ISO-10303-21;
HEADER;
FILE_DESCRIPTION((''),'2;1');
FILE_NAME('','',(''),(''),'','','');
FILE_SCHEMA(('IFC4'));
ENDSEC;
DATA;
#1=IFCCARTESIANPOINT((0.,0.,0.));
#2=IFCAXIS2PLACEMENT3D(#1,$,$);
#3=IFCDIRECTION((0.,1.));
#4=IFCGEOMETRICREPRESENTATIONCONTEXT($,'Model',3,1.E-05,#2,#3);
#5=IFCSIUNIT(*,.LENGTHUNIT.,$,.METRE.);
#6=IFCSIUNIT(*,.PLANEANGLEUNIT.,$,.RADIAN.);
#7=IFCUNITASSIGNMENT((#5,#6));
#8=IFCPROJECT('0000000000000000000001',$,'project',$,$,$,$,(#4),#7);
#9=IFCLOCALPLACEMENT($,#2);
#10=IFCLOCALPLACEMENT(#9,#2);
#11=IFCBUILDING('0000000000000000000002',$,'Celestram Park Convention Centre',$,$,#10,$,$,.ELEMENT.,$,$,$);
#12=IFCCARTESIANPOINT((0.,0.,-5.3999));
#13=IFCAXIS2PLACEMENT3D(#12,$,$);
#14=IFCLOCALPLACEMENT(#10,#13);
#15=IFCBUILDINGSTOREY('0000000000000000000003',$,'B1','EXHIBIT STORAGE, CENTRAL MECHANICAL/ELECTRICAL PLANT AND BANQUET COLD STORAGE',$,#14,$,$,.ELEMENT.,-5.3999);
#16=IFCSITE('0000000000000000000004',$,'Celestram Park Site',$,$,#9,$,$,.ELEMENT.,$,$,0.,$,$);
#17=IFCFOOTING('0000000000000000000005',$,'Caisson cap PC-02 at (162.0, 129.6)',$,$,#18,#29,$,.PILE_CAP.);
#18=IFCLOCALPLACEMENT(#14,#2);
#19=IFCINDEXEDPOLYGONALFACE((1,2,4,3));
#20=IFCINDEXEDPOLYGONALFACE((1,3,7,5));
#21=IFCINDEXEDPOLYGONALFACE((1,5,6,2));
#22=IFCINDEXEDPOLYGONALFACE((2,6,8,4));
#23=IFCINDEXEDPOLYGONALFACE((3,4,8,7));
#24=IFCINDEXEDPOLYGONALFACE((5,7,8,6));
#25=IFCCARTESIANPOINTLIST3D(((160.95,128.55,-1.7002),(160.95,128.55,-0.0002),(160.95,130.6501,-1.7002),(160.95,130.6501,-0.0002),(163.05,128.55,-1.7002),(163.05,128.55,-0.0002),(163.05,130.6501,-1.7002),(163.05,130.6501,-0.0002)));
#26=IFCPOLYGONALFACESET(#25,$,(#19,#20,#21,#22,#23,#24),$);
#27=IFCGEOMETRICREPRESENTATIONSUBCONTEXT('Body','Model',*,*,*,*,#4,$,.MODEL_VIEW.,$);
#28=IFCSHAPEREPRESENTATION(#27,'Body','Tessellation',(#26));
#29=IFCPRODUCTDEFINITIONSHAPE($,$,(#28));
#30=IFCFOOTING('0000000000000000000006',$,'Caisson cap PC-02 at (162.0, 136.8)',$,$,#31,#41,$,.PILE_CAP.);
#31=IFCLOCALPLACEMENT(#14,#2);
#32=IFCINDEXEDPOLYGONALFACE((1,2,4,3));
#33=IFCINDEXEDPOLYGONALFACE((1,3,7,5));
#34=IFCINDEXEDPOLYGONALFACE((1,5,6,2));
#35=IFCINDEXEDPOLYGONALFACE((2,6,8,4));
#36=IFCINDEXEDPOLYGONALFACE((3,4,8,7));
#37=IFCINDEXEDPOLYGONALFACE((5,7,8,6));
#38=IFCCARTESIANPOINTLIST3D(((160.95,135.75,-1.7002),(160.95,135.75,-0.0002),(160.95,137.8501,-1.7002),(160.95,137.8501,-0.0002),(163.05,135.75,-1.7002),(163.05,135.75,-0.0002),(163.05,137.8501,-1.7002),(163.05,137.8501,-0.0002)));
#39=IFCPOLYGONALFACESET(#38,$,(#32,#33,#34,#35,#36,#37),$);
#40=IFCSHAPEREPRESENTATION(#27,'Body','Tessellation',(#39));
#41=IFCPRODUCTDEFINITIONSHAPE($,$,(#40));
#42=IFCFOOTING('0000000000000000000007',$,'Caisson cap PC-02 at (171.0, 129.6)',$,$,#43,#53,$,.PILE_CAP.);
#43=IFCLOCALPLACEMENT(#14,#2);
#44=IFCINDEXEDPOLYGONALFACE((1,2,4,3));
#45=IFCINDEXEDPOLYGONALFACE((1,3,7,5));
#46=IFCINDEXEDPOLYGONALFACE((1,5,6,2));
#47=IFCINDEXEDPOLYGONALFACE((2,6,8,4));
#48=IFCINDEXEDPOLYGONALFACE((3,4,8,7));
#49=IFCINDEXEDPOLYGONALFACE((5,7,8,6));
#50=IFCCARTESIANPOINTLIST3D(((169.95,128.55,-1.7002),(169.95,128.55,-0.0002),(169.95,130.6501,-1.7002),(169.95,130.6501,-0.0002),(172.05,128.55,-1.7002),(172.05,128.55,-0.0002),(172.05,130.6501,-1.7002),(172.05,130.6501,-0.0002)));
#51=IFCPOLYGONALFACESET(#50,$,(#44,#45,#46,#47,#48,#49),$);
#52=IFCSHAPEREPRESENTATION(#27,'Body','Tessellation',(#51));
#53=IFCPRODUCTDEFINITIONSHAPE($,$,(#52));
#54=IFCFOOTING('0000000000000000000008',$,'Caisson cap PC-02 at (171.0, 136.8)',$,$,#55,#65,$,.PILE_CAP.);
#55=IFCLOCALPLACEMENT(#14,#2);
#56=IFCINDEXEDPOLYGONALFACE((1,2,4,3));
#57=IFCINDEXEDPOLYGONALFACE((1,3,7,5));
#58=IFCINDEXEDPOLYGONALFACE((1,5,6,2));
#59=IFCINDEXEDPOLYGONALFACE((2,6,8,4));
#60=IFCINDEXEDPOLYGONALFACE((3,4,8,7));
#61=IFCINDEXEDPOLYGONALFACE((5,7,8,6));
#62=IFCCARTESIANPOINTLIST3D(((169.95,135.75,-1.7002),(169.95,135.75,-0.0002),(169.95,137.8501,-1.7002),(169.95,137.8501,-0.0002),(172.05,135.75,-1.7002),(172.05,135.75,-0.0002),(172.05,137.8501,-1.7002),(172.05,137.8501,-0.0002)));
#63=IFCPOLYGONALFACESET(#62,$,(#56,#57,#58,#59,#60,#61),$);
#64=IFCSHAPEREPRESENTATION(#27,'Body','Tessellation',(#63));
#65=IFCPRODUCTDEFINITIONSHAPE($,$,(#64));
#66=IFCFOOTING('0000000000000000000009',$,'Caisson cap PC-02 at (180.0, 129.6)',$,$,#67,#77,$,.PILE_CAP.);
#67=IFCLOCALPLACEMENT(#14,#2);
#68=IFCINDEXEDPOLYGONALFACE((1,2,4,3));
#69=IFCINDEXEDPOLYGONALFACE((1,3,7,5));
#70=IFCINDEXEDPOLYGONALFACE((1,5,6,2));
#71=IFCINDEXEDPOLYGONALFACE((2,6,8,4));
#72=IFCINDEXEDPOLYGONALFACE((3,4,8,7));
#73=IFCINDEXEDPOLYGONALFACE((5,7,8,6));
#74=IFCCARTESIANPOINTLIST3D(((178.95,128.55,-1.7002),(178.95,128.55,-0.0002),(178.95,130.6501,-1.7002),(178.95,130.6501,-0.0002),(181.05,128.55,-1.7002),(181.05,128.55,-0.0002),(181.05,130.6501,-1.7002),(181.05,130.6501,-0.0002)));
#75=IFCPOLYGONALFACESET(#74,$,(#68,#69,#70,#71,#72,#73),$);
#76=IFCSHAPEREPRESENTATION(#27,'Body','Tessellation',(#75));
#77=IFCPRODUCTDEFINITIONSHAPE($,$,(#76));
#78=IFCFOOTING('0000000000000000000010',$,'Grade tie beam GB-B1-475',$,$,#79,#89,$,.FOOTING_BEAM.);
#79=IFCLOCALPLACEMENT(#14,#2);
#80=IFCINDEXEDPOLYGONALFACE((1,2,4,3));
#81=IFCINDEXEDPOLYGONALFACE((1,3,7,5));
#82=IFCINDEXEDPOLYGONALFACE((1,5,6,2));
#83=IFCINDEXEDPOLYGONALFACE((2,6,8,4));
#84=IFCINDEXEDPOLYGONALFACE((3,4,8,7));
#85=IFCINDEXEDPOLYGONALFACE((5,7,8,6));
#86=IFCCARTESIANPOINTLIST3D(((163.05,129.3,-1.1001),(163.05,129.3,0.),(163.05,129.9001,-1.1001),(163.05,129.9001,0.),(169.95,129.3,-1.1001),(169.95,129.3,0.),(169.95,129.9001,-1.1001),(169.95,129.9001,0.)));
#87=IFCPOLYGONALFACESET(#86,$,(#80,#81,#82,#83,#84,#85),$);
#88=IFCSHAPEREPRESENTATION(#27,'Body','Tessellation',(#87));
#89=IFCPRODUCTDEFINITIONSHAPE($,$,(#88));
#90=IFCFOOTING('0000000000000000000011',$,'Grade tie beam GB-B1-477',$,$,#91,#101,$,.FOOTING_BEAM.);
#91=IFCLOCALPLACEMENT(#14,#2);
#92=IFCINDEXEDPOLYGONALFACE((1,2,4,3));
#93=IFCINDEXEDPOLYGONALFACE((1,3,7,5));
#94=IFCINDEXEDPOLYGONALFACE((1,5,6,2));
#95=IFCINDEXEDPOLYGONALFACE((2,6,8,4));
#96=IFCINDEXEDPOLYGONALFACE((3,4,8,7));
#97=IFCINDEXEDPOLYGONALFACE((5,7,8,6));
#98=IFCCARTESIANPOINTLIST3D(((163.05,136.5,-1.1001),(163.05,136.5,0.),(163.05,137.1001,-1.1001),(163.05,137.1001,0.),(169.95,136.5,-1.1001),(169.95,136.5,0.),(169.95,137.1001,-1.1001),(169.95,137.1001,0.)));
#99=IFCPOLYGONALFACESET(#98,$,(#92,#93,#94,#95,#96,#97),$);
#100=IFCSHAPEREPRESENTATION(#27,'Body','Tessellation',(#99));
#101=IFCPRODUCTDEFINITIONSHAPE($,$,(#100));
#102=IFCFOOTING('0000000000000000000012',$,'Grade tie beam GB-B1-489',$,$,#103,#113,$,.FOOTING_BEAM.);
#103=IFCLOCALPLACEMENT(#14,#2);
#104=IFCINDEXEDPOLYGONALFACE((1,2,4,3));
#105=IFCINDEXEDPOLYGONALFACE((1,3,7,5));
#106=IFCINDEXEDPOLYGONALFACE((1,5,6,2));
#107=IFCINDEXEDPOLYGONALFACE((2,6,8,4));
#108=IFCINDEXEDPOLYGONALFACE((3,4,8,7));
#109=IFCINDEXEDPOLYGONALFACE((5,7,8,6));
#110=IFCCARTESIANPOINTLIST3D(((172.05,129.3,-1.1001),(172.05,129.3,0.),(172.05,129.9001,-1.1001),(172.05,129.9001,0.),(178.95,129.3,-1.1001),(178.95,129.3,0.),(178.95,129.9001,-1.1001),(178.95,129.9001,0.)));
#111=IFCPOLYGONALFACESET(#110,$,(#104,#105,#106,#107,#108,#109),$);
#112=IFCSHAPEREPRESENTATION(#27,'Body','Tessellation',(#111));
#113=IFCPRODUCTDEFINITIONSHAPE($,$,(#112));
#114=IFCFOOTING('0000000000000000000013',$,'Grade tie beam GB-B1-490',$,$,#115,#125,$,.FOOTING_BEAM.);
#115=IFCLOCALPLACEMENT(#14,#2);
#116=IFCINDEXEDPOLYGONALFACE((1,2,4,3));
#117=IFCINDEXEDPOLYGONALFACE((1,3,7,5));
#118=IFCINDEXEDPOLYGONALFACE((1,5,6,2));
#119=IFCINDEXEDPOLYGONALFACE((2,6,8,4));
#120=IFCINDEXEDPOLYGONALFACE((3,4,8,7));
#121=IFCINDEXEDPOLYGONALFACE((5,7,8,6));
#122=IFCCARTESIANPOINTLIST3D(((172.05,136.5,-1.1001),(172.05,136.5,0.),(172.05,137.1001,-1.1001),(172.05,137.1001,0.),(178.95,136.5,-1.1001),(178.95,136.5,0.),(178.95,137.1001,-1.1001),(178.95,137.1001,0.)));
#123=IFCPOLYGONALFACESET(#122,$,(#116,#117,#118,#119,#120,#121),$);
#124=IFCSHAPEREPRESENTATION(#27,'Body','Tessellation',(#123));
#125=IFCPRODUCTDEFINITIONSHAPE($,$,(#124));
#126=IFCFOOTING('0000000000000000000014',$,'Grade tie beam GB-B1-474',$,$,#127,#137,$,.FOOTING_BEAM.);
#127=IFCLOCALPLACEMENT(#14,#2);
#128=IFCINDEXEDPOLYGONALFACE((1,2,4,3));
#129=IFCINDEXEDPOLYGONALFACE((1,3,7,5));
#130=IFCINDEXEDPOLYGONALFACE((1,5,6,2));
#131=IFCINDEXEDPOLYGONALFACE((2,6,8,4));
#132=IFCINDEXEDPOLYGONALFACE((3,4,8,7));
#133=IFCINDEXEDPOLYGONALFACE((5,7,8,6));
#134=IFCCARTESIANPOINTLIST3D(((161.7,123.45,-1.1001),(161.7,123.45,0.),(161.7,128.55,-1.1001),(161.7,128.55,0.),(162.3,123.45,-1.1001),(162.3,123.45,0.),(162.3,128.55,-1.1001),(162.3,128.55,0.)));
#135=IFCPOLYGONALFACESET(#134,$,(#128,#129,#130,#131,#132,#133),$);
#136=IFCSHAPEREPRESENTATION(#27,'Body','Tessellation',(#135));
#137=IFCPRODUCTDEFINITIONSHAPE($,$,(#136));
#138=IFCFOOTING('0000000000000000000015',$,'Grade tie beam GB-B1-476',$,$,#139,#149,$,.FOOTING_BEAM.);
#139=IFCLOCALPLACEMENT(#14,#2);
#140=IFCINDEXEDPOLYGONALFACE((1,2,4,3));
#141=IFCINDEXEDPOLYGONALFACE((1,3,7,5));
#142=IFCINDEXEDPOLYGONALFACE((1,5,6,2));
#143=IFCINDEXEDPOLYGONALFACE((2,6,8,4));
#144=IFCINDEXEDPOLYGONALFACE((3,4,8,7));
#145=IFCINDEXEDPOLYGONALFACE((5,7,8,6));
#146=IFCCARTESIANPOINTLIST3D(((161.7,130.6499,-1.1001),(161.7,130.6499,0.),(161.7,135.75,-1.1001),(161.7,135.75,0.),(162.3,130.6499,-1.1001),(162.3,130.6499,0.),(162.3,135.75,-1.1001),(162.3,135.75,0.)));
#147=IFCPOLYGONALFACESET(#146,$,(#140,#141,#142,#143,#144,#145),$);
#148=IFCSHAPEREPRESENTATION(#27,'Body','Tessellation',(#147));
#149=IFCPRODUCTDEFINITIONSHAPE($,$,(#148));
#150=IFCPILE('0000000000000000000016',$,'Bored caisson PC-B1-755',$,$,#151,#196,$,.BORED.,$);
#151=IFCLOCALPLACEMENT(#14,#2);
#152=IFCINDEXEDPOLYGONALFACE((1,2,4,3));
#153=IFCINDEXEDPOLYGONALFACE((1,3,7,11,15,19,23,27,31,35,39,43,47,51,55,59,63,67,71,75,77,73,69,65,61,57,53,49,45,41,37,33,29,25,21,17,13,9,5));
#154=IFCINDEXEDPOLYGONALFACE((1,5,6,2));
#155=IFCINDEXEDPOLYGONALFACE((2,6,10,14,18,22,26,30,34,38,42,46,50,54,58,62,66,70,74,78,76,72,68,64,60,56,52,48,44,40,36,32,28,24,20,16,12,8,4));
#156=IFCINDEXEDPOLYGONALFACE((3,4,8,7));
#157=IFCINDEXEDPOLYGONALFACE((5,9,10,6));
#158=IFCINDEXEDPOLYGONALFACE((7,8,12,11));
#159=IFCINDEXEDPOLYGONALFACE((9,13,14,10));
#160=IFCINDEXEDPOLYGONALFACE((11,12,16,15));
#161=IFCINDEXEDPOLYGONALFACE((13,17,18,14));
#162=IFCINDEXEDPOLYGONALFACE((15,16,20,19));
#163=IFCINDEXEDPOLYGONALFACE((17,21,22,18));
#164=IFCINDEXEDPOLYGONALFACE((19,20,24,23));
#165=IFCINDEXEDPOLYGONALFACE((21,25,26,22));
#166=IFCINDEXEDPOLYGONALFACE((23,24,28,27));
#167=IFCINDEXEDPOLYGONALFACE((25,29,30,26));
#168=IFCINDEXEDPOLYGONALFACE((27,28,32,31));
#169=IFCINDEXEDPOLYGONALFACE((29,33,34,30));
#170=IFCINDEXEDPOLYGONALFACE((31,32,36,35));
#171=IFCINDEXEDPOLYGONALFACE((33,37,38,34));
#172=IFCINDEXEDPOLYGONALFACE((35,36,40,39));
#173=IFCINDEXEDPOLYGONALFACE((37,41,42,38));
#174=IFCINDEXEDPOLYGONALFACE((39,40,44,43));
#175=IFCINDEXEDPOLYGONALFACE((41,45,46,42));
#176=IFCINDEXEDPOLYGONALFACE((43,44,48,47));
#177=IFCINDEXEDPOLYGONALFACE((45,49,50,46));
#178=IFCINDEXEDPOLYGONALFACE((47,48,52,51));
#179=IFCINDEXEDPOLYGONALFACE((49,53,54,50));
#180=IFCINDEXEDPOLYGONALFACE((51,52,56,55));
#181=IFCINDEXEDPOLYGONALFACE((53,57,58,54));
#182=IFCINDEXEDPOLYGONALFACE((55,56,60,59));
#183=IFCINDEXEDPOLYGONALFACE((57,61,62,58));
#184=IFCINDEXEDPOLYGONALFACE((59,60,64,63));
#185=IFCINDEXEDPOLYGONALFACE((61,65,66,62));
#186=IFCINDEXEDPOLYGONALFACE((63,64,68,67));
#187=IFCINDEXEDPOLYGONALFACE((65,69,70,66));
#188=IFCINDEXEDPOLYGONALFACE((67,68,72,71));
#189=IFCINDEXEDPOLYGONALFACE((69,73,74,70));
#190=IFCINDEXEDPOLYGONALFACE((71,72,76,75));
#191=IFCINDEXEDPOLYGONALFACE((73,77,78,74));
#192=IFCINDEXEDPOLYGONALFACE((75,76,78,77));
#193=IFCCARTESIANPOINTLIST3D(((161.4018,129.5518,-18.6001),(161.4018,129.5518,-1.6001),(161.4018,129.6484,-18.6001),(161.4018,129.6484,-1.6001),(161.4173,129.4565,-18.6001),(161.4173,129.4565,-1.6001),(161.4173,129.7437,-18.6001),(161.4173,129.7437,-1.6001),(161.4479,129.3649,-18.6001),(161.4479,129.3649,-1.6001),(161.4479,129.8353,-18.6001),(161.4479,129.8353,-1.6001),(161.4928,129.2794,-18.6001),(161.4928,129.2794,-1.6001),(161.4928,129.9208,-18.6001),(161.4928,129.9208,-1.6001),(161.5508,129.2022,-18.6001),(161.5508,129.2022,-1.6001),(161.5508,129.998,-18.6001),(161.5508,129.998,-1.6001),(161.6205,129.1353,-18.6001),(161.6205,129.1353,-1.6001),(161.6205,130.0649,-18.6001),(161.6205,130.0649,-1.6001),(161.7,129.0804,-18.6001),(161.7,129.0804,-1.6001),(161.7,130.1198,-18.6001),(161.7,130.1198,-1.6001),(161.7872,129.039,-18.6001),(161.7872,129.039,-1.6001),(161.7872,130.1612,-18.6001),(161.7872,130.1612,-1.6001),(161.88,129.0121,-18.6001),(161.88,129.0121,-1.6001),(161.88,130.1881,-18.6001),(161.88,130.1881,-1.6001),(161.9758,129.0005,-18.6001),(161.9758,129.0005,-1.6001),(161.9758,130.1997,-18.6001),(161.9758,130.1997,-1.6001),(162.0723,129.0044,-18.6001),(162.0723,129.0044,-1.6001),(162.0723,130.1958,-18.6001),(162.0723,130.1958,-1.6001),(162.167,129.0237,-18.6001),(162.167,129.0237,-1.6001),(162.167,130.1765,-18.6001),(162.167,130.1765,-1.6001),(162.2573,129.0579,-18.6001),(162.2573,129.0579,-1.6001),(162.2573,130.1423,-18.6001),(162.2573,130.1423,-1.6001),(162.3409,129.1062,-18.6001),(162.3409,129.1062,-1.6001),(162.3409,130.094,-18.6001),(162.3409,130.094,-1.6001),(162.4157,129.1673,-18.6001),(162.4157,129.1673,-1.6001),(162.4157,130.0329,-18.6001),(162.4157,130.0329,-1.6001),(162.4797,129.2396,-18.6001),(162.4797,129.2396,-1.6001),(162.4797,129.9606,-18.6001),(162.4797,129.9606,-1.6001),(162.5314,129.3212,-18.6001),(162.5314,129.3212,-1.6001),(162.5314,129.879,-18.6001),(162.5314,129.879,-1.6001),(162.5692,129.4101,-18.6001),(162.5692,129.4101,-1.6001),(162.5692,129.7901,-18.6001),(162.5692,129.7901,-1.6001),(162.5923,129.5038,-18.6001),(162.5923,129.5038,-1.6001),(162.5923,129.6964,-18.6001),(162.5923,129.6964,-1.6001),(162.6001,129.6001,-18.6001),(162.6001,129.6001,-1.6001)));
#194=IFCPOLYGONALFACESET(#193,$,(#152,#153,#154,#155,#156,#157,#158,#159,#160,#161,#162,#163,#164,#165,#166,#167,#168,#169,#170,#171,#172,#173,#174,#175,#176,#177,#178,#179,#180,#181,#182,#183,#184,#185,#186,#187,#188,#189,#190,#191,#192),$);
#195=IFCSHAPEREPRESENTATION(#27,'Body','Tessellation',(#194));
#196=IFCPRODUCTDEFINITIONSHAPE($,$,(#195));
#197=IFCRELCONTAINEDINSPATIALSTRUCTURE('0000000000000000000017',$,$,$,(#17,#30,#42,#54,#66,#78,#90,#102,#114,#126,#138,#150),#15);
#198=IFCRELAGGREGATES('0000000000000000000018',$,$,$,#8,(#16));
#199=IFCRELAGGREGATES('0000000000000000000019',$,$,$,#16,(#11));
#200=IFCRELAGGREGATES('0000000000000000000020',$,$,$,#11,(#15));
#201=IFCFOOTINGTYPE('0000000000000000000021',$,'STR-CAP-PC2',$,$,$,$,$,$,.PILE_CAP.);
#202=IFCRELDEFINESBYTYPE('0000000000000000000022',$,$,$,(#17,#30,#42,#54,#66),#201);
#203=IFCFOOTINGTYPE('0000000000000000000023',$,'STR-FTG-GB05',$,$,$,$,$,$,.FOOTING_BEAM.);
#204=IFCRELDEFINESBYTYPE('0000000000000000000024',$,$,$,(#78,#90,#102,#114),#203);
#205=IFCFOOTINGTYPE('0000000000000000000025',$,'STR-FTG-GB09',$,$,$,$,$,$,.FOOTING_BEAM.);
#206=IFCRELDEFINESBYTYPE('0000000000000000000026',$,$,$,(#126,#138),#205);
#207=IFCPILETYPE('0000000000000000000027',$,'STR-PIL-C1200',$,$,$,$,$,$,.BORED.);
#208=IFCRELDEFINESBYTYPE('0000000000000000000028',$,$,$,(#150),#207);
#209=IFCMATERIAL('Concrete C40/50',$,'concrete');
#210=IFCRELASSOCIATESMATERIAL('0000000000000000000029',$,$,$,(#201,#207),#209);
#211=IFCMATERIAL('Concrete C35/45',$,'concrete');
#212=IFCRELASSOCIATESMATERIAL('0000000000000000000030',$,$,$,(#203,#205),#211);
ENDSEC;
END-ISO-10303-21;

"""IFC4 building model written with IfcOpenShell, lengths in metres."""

from ifc_helpers import new_model, si_unit, direction, frame, origin, origin_2d, place, context, subcontext, project, spatial, rectangle, circle, extrude, material, material_profile, profile_set, type_object, element, save


model = new_model("IFC4")

# Units and contexts
model_context = context("Model", 3, precision=1e-05, world=origin(), true_north=direction((0.0, 1.0)))
body_context = subcontext(model_context, "Body", "Model", "MODEL_VIEW")
ifc_project = project(units=[si_unit("LENGTHUNIT", "METRE"), si_unit("PLANEANGLEUNIT", "RADIAN")], contexts=[model_context])

# Site, building, storey
site_placement = place(None, origin())
site = spatial("IfcSite", under=ifc_project, at=site_placement, Name="Celestram Park Site", CompositionType="ELEMENT", RefElevation=0.0)
building_placement = place(site_placement, origin())
building = spatial("IfcBuilding", under=site, at=building_placement, Name="Celestram Park Convention Centre", CompositionType="ELEMENT")
storey_placement = place(building_placement, frame((0.0, 0.0, -5.3999)))
storey = spatial("IfcBuildingStorey", under=building, at=storey_placement, Name="B1", Description="EXHIBIT STORAGE, CENTRAL MECHANICAL/ELECTRICAL PLANT AND BANQUET COLD STORAGE", CompositionType="ELEMENT", Elevation=-5.3999)

# Footings
ifc_material_1 = material(Name="Concrete C40/50", Category="concrete")
footing_type_1 = type_object("IfcFootingType", Name="STR-CAP-PC2", PredefinedType="PILE_CAP", material=ifc_material_1)
for number, where, z_axis, x_axis, name in (
    (1, (162.0, 129.6001, -1.7002), (0.0, 0.0, 1.0), (1.0, 0.0, 0.0), "Caisson cap PC-02 at (162.0, 129.6)"),
    (2, (162.0, 136.8, -1.7002), (0.0, 0.0, 1.0), (1.0, 0.0, 0.0), "Caisson cap PC-02 at (162.0, 136.8)"),
    (3, (171.0, 129.6001, -1.7002), (0.0, 0.0, 1.0), (1.0, 0.0, 0.0), "Caisson cap PC-02 at (171.0, 129.6)"),
    (4, (171.0, 136.8, -1.7002), (0.0, 0.0, 1.0), (1.0, 0.0, 0.0), "Caisson cap PC-02 at (171.0, 136.8)"),
    (5, (180.0, 129.6001, -1.7002), (0.0, 0.0, 1.0), (1.0, 0.0, 0.0), "Caisson cap PC-02 at (180.0, 129.6)"),
):
    element("IfcFooting", number, at=place(storey_placement, frame(where, z_axis=z_axis, x_axis=x_axis)), inside=storey, type_object=footing_type_1, Name=name, PredefinedType="PILE_CAP", context=body_context, shape_type="SweptSolid", body=[
        extrude(rectangle(XDim=2.1001, YDim=2.1001, at=origin_2d()), origin(), (0.0, 0.0, 1.0), 1.7),
    ])
ifc_material_2 = material(Name="Concrete C35/45", Category="concrete")
footing_type_2 = type_object("IfcFootingType", Name="STR-FTG-GB05", PredefinedType="FOOTING_BEAM", material=ifc_material_2)
for number, where, z_axis, x_axis, name in (
    (6, (166.5, 129.6001, -1.1001), (0.0, 0.0, 1.0), (1.0, 0.0, 0.0), "Grade tie beam GB-B1-475"),
    (7, (166.5, 136.8, -1.1001), (0.0, 0.0, 1.0), (1.0, 0.0, 0.0), "Grade tie beam GB-B1-477"),
    (8, (175.5, 129.6001, -1.1001), (0.0, 0.0, 1.0), (1.0, 0.0, 0.0), "Grade tie beam GB-B1-489"),
    (9, (175.5, 136.8, -1.1001), (0.0, 0.0, 1.0), (1.0, 0.0, 0.0), "Grade tie beam GB-B1-490"),
):
    element("IfcFooting", number, at=place(storey_placement, frame(where, z_axis=z_axis, x_axis=x_axis)), inside=storey, type_object=footing_type_2, Name=name, PredefinedType="FOOTING_BEAM", context=body_context, shape_type="SweptSolid", body=[
        extrude(rectangle(XDim=6.8999, YDim=0.6001, at=origin_2d()), origin(), (0.0, 0.0, 1.0), 1.1001),
    ])
footing_type_3 = type_object("IfcFootingType", Name="STR-FTG-GB09", PredefinedType="FOOTING_BEAM", material=ifc_material_2)
for number, where, z_axis, x_axis, name in (
    (10, (162.0, 126.0, -1.1001), (0.0, 0.0, 1.0), (0.0, 1.0, 0.0), "Grade tie beam GB-B1-474"),
    (11, (162.0, 133.2, -1.1001), (0.0, 0.0, 1.0), (0.0, 1.0, 0.0), "Grade tie beam GB-B1-476"),
):
    element("IfcFooting", number, at=place(storey_placement, frame(where, z_axis=z_axis, x_axis=x_axis)), inside=storey, type_object=footing_type_3, Name=name, PredefinedType="FOOTING_BEAM", context=body_context, shape_type="SweptSolid", body=[
        extrude(rectangle(XDim=5.1001, YDim=0.6001, at=origin_2d()), origin(), (0.0, 0.0, 1.0), 1.1001),
    ])

# Pile
ifc_material_profile_1 = material_profile(ifc_material_1, circle(Radius=0.6001, at=origin_2d()), Name="CAISSON1200")
ifc_profile_set_1 = profile_set([ifc_material_profile_1], Name="Concrete C40/50")
pile_type = type_object("IfcPileType", Name="STR-PIL-C1200", PredefinedType="BORED", material=ifc_profile_set_1)
for number, where, z_axis, x_axis, name in (
    (12, (162.0, 129.6001, -1.6001), (0.0, 0.0, -1.0), (1.0, 0.0, 0.0), "Bored caisson PC-B1-755"),
):
    element("IfcPile", number, at=place(storey_placement, frame(where, z_axis=z_axis, x_axis=x_axis)), inside=storey, type_object=pile_type, Name=name, PredefinedType="BORED", context=body_context, shape_type="SweptSolid", body=[
        extrude(circle(Radius=0.6001, at=origin_2d()), origin(), (0.0, 0.0, 1.0), 17.0),
    ])

save(model, "model.ifc")
